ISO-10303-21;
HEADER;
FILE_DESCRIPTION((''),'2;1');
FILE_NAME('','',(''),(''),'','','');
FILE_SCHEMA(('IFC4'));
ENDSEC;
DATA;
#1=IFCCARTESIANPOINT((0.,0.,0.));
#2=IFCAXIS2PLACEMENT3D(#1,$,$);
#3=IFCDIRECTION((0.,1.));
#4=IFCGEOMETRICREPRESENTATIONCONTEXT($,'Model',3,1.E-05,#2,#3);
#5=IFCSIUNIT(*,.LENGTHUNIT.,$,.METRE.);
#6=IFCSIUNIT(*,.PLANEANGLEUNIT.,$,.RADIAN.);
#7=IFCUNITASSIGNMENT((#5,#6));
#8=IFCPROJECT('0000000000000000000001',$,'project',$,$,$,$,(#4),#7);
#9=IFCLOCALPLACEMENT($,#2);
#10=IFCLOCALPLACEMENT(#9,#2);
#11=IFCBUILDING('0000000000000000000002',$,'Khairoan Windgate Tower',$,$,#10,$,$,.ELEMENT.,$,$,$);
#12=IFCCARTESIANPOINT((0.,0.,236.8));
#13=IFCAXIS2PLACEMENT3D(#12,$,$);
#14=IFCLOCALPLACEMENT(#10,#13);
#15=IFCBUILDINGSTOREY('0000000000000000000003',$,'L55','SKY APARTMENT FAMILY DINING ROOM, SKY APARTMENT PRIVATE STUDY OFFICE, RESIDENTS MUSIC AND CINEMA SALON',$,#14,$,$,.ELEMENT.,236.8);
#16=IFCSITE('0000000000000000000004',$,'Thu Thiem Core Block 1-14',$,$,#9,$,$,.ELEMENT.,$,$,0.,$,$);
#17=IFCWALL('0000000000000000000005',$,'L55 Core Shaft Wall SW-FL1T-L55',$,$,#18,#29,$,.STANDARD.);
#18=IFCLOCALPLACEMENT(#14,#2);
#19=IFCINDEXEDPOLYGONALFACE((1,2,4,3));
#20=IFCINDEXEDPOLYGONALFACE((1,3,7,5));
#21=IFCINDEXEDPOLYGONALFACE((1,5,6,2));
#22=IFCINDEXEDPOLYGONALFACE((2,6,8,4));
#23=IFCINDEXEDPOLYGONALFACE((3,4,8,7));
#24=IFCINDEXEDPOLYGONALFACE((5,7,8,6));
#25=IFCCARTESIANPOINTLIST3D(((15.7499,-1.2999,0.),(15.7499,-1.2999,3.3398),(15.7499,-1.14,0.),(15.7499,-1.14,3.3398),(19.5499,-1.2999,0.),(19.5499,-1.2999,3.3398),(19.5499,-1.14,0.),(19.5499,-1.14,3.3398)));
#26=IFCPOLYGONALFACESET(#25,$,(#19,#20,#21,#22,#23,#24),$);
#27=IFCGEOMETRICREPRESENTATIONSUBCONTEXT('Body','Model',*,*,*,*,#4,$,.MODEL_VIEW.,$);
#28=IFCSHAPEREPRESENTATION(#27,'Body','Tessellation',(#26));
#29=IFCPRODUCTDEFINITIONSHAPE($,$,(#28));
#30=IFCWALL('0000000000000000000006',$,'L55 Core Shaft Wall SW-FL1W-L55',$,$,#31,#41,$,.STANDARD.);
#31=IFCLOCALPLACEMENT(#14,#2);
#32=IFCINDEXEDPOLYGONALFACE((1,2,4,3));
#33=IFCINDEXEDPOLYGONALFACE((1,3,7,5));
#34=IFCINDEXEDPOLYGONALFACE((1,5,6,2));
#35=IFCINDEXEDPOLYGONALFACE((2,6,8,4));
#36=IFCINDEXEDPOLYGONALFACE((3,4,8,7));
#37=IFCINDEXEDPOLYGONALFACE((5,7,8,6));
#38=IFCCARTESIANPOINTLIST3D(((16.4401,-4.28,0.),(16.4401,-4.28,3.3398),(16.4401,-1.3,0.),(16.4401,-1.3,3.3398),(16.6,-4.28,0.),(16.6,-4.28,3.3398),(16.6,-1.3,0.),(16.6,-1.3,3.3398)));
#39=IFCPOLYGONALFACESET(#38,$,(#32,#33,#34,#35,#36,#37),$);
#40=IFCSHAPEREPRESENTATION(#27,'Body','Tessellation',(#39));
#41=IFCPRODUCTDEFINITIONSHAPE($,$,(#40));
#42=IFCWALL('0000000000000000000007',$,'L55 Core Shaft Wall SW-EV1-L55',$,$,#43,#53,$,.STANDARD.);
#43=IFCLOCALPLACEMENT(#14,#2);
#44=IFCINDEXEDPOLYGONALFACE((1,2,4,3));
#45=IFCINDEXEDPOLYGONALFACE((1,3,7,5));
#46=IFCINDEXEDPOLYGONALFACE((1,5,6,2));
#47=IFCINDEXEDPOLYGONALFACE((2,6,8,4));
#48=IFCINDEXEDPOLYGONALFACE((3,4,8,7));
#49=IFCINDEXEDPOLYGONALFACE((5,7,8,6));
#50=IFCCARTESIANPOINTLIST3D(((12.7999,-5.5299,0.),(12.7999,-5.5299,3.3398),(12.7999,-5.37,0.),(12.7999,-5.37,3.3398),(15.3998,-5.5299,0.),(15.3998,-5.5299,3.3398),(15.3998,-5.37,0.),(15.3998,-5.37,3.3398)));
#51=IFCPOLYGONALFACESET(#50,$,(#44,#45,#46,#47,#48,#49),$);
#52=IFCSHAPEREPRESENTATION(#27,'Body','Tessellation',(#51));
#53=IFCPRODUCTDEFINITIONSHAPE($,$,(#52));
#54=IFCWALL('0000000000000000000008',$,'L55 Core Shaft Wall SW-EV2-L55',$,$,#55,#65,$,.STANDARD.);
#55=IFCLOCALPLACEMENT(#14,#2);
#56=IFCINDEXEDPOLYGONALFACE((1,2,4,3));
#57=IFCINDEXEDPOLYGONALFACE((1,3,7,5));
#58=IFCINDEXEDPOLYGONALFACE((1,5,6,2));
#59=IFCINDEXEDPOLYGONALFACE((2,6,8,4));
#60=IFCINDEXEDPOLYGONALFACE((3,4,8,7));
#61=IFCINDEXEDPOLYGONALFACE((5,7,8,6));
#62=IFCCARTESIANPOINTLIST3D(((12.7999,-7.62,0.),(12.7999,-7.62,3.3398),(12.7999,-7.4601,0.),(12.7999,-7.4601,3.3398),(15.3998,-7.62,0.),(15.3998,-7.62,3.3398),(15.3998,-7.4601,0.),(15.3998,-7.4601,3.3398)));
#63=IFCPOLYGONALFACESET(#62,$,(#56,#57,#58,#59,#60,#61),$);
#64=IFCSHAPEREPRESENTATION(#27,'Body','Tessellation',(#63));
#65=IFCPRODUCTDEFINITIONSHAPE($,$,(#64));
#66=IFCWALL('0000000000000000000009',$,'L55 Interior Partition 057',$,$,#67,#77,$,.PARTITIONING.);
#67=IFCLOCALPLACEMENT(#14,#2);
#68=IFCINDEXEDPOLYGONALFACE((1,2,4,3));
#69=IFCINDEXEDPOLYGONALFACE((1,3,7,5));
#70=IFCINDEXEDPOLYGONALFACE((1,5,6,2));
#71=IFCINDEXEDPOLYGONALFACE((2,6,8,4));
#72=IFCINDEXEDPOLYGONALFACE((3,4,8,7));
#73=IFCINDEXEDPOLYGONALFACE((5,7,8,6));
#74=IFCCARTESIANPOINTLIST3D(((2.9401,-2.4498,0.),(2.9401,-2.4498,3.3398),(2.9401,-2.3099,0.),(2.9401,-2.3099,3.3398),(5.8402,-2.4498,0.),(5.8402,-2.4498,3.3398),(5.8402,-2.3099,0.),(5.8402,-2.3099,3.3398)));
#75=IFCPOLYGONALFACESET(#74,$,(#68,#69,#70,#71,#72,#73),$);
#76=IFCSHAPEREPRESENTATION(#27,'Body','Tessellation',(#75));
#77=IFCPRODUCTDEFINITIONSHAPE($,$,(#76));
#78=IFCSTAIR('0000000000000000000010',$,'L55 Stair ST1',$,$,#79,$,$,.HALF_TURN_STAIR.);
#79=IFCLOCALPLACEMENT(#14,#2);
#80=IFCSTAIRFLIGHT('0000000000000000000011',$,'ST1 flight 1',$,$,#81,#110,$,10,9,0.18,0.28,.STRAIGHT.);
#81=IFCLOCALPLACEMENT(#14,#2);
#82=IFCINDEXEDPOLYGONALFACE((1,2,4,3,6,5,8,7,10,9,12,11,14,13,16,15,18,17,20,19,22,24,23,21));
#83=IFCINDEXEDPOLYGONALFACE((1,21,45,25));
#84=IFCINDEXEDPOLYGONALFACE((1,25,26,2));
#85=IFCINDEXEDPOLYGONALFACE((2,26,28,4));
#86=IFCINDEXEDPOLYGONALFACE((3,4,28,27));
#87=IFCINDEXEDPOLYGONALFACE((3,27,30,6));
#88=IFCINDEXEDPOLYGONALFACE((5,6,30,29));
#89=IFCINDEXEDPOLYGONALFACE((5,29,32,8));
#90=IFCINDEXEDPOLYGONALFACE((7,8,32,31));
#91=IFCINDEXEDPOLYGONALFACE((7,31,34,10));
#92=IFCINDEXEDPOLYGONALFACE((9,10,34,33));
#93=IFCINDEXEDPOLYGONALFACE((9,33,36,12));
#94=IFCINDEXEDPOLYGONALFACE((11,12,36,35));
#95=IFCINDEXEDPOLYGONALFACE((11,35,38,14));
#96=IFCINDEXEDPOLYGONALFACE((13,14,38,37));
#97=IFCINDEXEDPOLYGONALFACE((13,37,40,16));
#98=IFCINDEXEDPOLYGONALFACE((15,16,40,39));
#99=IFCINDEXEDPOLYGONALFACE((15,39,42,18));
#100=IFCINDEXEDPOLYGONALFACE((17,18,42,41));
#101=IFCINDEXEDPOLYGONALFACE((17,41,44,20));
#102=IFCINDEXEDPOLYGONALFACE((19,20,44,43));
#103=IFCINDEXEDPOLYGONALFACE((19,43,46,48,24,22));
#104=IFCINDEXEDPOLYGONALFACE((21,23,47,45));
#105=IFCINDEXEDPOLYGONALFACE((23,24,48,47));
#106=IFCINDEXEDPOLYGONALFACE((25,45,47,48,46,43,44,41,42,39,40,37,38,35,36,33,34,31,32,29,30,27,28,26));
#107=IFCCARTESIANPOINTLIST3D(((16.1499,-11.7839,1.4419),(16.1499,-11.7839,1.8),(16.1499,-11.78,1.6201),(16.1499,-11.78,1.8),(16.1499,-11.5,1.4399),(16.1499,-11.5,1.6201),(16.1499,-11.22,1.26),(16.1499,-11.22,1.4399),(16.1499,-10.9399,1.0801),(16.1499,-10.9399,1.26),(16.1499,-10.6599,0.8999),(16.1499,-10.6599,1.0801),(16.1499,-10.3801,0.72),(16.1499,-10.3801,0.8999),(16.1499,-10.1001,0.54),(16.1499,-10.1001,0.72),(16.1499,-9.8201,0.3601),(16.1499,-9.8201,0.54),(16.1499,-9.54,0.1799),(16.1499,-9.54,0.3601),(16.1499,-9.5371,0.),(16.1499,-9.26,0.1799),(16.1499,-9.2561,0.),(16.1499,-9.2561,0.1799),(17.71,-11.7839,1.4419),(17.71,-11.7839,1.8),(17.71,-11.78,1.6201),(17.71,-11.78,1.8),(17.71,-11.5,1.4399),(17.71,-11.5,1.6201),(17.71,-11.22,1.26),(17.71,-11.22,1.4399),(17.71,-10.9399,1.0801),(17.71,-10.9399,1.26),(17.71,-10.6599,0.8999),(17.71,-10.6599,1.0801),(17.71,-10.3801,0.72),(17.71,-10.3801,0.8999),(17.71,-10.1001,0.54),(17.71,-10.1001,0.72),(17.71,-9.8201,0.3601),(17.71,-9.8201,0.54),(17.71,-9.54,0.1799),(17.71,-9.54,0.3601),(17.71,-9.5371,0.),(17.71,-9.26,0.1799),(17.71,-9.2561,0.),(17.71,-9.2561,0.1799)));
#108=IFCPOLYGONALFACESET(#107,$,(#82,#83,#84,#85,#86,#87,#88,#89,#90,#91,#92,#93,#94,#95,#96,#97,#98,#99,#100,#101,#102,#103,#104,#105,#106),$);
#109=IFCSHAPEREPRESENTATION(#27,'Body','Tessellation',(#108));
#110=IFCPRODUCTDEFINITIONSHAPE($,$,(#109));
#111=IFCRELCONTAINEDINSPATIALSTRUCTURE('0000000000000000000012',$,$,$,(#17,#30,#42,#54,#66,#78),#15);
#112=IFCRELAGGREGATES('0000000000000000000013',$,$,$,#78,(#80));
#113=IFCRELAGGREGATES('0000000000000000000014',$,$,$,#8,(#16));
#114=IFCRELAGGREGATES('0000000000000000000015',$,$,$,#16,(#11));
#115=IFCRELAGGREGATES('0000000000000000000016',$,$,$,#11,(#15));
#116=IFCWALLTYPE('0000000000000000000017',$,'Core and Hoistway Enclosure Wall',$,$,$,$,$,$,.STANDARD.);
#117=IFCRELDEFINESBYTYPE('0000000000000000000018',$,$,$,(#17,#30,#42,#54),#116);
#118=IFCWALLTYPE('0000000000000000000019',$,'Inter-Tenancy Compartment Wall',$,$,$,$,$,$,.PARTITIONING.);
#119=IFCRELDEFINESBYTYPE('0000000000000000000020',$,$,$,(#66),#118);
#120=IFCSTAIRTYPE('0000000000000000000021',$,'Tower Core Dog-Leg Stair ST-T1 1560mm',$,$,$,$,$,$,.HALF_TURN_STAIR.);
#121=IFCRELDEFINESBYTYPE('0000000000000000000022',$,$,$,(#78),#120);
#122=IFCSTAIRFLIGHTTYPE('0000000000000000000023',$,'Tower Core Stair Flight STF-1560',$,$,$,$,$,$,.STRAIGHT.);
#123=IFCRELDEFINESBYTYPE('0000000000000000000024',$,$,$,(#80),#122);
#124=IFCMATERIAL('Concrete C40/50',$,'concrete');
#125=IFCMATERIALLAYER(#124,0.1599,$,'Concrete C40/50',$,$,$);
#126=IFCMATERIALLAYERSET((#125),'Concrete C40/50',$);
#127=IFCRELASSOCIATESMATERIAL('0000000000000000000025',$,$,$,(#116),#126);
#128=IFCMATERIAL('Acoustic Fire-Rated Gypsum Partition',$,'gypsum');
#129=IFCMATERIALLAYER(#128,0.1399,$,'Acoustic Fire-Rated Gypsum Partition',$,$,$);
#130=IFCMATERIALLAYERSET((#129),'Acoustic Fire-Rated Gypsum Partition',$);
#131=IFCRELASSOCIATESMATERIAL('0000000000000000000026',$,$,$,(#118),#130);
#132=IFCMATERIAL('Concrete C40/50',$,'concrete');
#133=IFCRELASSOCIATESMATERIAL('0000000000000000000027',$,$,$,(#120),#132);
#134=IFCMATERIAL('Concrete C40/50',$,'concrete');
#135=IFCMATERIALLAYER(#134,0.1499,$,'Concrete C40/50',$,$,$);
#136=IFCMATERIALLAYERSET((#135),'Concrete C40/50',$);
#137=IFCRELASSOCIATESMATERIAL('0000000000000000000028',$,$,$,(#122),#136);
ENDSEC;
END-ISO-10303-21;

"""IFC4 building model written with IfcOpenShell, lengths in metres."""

from ifc_helpers import new_model, si_unit, direction, frame, frame_2d, origin, place, context, subcontext, project, spatial, polyline, rectangle, outline, extrude, material, layer, layer_set, type_object, element, aggregate, save


model = new_model("IFC4")

# Units and contexts
model_context = context("Model", 3, precision=1e-05, world=origin(), true_north=direction((0.0, 1.0)))
body_context = subcontext(model_context, "Body", "Model", "MODEL_VIEW")
ifc_project = project(units=[si_unit("LENGTHUNIT", "METRE"), si_unit("PLANEANGLEUNIT", "RADIAN")], contexts=[model_context])

# Site, building, storey
site_placement = place(None, origin())
site = spatial("IfcSite", under=ifc_project, at=site_placement, Name="Thu Thiem Core Block 1-14", CompositionType="ELEMENT", RefElevation=0.0)
building_placement = place(site_placement, origin())
building = spatial("IfcBuilding", under=site, at=building_placement, Name="Khairoan Windgate Tower", CompositionType="ELEMENT")
storey_placement = place(building_placement, frame((0.0, 0.0, 236.8)))
storey = spatial("IfcBuildingStorey", under=building, at=storey_placement, Name="L55", Description="SKY APARTMENT FAMILY DINING ROOM, SKY APARTMENT PRIVATE STUDY OFFICE, RESIDENTS MUSIC AND CINEMA SALON", CompositionType="ELEMENT", Elevation=236.8)

# Shared definitions
ifc_material_1 = material(Name="Concrete C40/50", Category="concrete")
ifc_layer_1 = layer(ifc_material_1, 0.1599, Name="Concrete C40/50")
ifc_layer_set_1 = layer_set([ifc_layer_1], Name="Concrete C40/50")
wall_type_1 = type_object("IfcWallType", Name="Core and Hoistway Enclosure Wall", PredefinedType="STANDARD", material=ifc_layer_set_1)

# Walls
wall_1_placement = place(storey_placement, frame((15.75, -1.22, 0.0), z_axis=(0.0, 0.0, 1.0), x_axis=(1.0, 0.0, 0.0)))
element("IfcWall", 1, at=wall_1_placement, inside=storey, type_object=wall_type_1, Name="L55 Core Shaft Wall SW-FL1T-L55", PredefinedType="STANDARD", context=body_context, shape_type="SweptSolid", body=[
    extrude(rectangle(XDim=3.8, YDim=0.1599, at=frame_2d((1.8999, 0.0))), origin(), (0.0, 0.0, 1.0), 3.3398),
])
wall_2_placement = place(storey_placement, frame((16.52, -4.28, 0.0), z_axis=(0.0, 0.0, 1.0), x_axis=(0.0, 1.0, 0.0)))
element("IfcWall", 2, at=wall_2_placement, inside=storey, type_object=wall_type_1, Name="L55 Core Shaft Wall SW-FL1W-L55", PredefinedType="STANDARD", context=body_context, shape_type="SweptSolid", body=[
    extrude(rectangle(XDim=2.98, YDim=0.1599, at=frame_2d((1.49, 0.0))), origin(), (0.0, 0.0, 1.0), 3.3398),
])
for number, where, z_axis, x_axis, name in (
    (3, (12.8, -5.45, 0.0), (0.0, 0.0, 1.0), (1.0, 0.0, 0.0), "L55 Core Shaft Wall SW-EV1-L55"),
    (4, (12.8, -7.54, 0.0), (0.0, 0.0, 1.0), (1.0, 0.0, 0.0), "L55 Core Shaft Wall SW-EV2-L55"),
):
    element("IfcWall", number, at=place(storey_placement, frame(where, z_axis=z_axis, x_axis=x_axis)), inside=storey, type_object=wall_type_1, Name=name, PredefinedType="STANDARD", context=body_context, shape_type="SweptSolid", body=[
        extrude(rectangle(XDim=2.5999, YDim=0.1599, at=frame_2d((1.2998, 0.0))), origin(), (0.0, 0.0, 1.0), 3.3398),
    ])
ifc_material_2 = material(Name="Acoustic Fire-Rated Gypsum Partition", Category="gypsum")
ifc_layer_2 = layer(ifc_material_2, 0.1399, Name="Acoustic Fire-Rated Gypsum Partition")
ifc_layer_set_2 = layer_set([ifc_layer_2], Name="Acoustic Fire-Rated Gypsum Partition")
wall_type_2 = type_object("IfcWallType", Name="Inter-Tenancy Compartment Wall", PredefinedType="PARTITIONING", material=ifc_layer_set_2)
wall_3_placement = place(storey_placement, frame((2.9399, -2.3799, 0.0), z_axis=(0.0, 0.0, 1.0), x_axis=(1.0, 0.0, 0.0)))
element("IfcWall", 5, at=wall_3_placement, inside=storey, type_object=wall_type_2, Name="L55 Interior Partition 057", PredefinedType="PARTITIONING", context=body_context, shape_type="SweptSolid", body=[
    extrude(rectangle(XDim=2.9001, YDim=0.1399, at=frame_2d((1.4502, 0.0))), origin(), (0.0, 0.0, 1.0), 3.3398),
])

# Stair, stair flight
ifc_material_3 = material(Name="Concrete C40/50", Category="concrete")
stair_type = type_object("IfcStairType", Name="Tower Core Dog-Leg Stair ST-T1 1560mm", PredefinedType="HALF_TURN_STAIR", material=ifc_material_3)
stair_placement = place(storey_placement, origin())
stair = element("IfcStair", 6, at=stair_placement, inside=storey, type_object=stair_type, Name="L55 Stair ST1", PredefinedType="HALF_TURN_STAIR")
ifc_material_4 = material(Name="Concrete C40/50", Category="concrete")
ifc_layer_3 = layer(ifc_material_4, 0.1499, Name="Concrete C40/50")
ifc_layer_set_3 = layer_set([ifc_layer_3], Name="Concrete C40/50")
stair_flight_type = type_object("IfcStairFlightType", Name="Tower Core Stair Flight STF-1560", PredefinedType="STRAIGHT", material=ifc_layer_set_3)
stair_flight_placement = place(storey_placement, frame((16.9299, -9.26, 0.0), z_axis=(0.0, 0.0, 1.0), x_axis=(0.0, -1.0, 0.0)))
stair_flight = element("IfcStairFlight", 7, at=stair_flight_placement, type_object=stair_flight_type, Name="ST1 flight 1", NumberOfRisers=10, NumberOfTreads=9, PredefinedType="STRAIGHT", RiserHeight=0.18, TreadLength=0.28, context=body_context, shape_type="SweptSolid", body=[
    extrude(outline(polyline([(-0.0039, 0.0), (-0.0039, 0.1799), (0.0, 0.1799), (0.28, 0.1799), (0.28, 0.3601), (0.5601, 0.3601), (0.5601, 0.54), (0.8401, 0.54), (0.8401, 0.72), (1.1201, 0.72), (1.1201, 0.8999), (1.3999, 0.8999), (1.3999, 1.0801), (1.6799, 1.0801), (1.6799, 1.26), (1.96, 1.26), (1.96, 1.4399), (2.24, 1.4399), (2.24, 1.6201), (2.52, 1.6201), (2.52, 1.8), (2.5239, 1.8), (2.5239, 1.4419), (0.2771, 0.0), (-0.0039, 0.0)])), frame((0.0, 0.78, 0.0), z_axis=(0.0, -1.0, 0.0), x_axis=(1.0, 0.0, 0.0)), (0.0, 0.0, 1.0), 1.5601),
])
aggregate(stair, [stair_flight])

save(model, "model.ifc")
